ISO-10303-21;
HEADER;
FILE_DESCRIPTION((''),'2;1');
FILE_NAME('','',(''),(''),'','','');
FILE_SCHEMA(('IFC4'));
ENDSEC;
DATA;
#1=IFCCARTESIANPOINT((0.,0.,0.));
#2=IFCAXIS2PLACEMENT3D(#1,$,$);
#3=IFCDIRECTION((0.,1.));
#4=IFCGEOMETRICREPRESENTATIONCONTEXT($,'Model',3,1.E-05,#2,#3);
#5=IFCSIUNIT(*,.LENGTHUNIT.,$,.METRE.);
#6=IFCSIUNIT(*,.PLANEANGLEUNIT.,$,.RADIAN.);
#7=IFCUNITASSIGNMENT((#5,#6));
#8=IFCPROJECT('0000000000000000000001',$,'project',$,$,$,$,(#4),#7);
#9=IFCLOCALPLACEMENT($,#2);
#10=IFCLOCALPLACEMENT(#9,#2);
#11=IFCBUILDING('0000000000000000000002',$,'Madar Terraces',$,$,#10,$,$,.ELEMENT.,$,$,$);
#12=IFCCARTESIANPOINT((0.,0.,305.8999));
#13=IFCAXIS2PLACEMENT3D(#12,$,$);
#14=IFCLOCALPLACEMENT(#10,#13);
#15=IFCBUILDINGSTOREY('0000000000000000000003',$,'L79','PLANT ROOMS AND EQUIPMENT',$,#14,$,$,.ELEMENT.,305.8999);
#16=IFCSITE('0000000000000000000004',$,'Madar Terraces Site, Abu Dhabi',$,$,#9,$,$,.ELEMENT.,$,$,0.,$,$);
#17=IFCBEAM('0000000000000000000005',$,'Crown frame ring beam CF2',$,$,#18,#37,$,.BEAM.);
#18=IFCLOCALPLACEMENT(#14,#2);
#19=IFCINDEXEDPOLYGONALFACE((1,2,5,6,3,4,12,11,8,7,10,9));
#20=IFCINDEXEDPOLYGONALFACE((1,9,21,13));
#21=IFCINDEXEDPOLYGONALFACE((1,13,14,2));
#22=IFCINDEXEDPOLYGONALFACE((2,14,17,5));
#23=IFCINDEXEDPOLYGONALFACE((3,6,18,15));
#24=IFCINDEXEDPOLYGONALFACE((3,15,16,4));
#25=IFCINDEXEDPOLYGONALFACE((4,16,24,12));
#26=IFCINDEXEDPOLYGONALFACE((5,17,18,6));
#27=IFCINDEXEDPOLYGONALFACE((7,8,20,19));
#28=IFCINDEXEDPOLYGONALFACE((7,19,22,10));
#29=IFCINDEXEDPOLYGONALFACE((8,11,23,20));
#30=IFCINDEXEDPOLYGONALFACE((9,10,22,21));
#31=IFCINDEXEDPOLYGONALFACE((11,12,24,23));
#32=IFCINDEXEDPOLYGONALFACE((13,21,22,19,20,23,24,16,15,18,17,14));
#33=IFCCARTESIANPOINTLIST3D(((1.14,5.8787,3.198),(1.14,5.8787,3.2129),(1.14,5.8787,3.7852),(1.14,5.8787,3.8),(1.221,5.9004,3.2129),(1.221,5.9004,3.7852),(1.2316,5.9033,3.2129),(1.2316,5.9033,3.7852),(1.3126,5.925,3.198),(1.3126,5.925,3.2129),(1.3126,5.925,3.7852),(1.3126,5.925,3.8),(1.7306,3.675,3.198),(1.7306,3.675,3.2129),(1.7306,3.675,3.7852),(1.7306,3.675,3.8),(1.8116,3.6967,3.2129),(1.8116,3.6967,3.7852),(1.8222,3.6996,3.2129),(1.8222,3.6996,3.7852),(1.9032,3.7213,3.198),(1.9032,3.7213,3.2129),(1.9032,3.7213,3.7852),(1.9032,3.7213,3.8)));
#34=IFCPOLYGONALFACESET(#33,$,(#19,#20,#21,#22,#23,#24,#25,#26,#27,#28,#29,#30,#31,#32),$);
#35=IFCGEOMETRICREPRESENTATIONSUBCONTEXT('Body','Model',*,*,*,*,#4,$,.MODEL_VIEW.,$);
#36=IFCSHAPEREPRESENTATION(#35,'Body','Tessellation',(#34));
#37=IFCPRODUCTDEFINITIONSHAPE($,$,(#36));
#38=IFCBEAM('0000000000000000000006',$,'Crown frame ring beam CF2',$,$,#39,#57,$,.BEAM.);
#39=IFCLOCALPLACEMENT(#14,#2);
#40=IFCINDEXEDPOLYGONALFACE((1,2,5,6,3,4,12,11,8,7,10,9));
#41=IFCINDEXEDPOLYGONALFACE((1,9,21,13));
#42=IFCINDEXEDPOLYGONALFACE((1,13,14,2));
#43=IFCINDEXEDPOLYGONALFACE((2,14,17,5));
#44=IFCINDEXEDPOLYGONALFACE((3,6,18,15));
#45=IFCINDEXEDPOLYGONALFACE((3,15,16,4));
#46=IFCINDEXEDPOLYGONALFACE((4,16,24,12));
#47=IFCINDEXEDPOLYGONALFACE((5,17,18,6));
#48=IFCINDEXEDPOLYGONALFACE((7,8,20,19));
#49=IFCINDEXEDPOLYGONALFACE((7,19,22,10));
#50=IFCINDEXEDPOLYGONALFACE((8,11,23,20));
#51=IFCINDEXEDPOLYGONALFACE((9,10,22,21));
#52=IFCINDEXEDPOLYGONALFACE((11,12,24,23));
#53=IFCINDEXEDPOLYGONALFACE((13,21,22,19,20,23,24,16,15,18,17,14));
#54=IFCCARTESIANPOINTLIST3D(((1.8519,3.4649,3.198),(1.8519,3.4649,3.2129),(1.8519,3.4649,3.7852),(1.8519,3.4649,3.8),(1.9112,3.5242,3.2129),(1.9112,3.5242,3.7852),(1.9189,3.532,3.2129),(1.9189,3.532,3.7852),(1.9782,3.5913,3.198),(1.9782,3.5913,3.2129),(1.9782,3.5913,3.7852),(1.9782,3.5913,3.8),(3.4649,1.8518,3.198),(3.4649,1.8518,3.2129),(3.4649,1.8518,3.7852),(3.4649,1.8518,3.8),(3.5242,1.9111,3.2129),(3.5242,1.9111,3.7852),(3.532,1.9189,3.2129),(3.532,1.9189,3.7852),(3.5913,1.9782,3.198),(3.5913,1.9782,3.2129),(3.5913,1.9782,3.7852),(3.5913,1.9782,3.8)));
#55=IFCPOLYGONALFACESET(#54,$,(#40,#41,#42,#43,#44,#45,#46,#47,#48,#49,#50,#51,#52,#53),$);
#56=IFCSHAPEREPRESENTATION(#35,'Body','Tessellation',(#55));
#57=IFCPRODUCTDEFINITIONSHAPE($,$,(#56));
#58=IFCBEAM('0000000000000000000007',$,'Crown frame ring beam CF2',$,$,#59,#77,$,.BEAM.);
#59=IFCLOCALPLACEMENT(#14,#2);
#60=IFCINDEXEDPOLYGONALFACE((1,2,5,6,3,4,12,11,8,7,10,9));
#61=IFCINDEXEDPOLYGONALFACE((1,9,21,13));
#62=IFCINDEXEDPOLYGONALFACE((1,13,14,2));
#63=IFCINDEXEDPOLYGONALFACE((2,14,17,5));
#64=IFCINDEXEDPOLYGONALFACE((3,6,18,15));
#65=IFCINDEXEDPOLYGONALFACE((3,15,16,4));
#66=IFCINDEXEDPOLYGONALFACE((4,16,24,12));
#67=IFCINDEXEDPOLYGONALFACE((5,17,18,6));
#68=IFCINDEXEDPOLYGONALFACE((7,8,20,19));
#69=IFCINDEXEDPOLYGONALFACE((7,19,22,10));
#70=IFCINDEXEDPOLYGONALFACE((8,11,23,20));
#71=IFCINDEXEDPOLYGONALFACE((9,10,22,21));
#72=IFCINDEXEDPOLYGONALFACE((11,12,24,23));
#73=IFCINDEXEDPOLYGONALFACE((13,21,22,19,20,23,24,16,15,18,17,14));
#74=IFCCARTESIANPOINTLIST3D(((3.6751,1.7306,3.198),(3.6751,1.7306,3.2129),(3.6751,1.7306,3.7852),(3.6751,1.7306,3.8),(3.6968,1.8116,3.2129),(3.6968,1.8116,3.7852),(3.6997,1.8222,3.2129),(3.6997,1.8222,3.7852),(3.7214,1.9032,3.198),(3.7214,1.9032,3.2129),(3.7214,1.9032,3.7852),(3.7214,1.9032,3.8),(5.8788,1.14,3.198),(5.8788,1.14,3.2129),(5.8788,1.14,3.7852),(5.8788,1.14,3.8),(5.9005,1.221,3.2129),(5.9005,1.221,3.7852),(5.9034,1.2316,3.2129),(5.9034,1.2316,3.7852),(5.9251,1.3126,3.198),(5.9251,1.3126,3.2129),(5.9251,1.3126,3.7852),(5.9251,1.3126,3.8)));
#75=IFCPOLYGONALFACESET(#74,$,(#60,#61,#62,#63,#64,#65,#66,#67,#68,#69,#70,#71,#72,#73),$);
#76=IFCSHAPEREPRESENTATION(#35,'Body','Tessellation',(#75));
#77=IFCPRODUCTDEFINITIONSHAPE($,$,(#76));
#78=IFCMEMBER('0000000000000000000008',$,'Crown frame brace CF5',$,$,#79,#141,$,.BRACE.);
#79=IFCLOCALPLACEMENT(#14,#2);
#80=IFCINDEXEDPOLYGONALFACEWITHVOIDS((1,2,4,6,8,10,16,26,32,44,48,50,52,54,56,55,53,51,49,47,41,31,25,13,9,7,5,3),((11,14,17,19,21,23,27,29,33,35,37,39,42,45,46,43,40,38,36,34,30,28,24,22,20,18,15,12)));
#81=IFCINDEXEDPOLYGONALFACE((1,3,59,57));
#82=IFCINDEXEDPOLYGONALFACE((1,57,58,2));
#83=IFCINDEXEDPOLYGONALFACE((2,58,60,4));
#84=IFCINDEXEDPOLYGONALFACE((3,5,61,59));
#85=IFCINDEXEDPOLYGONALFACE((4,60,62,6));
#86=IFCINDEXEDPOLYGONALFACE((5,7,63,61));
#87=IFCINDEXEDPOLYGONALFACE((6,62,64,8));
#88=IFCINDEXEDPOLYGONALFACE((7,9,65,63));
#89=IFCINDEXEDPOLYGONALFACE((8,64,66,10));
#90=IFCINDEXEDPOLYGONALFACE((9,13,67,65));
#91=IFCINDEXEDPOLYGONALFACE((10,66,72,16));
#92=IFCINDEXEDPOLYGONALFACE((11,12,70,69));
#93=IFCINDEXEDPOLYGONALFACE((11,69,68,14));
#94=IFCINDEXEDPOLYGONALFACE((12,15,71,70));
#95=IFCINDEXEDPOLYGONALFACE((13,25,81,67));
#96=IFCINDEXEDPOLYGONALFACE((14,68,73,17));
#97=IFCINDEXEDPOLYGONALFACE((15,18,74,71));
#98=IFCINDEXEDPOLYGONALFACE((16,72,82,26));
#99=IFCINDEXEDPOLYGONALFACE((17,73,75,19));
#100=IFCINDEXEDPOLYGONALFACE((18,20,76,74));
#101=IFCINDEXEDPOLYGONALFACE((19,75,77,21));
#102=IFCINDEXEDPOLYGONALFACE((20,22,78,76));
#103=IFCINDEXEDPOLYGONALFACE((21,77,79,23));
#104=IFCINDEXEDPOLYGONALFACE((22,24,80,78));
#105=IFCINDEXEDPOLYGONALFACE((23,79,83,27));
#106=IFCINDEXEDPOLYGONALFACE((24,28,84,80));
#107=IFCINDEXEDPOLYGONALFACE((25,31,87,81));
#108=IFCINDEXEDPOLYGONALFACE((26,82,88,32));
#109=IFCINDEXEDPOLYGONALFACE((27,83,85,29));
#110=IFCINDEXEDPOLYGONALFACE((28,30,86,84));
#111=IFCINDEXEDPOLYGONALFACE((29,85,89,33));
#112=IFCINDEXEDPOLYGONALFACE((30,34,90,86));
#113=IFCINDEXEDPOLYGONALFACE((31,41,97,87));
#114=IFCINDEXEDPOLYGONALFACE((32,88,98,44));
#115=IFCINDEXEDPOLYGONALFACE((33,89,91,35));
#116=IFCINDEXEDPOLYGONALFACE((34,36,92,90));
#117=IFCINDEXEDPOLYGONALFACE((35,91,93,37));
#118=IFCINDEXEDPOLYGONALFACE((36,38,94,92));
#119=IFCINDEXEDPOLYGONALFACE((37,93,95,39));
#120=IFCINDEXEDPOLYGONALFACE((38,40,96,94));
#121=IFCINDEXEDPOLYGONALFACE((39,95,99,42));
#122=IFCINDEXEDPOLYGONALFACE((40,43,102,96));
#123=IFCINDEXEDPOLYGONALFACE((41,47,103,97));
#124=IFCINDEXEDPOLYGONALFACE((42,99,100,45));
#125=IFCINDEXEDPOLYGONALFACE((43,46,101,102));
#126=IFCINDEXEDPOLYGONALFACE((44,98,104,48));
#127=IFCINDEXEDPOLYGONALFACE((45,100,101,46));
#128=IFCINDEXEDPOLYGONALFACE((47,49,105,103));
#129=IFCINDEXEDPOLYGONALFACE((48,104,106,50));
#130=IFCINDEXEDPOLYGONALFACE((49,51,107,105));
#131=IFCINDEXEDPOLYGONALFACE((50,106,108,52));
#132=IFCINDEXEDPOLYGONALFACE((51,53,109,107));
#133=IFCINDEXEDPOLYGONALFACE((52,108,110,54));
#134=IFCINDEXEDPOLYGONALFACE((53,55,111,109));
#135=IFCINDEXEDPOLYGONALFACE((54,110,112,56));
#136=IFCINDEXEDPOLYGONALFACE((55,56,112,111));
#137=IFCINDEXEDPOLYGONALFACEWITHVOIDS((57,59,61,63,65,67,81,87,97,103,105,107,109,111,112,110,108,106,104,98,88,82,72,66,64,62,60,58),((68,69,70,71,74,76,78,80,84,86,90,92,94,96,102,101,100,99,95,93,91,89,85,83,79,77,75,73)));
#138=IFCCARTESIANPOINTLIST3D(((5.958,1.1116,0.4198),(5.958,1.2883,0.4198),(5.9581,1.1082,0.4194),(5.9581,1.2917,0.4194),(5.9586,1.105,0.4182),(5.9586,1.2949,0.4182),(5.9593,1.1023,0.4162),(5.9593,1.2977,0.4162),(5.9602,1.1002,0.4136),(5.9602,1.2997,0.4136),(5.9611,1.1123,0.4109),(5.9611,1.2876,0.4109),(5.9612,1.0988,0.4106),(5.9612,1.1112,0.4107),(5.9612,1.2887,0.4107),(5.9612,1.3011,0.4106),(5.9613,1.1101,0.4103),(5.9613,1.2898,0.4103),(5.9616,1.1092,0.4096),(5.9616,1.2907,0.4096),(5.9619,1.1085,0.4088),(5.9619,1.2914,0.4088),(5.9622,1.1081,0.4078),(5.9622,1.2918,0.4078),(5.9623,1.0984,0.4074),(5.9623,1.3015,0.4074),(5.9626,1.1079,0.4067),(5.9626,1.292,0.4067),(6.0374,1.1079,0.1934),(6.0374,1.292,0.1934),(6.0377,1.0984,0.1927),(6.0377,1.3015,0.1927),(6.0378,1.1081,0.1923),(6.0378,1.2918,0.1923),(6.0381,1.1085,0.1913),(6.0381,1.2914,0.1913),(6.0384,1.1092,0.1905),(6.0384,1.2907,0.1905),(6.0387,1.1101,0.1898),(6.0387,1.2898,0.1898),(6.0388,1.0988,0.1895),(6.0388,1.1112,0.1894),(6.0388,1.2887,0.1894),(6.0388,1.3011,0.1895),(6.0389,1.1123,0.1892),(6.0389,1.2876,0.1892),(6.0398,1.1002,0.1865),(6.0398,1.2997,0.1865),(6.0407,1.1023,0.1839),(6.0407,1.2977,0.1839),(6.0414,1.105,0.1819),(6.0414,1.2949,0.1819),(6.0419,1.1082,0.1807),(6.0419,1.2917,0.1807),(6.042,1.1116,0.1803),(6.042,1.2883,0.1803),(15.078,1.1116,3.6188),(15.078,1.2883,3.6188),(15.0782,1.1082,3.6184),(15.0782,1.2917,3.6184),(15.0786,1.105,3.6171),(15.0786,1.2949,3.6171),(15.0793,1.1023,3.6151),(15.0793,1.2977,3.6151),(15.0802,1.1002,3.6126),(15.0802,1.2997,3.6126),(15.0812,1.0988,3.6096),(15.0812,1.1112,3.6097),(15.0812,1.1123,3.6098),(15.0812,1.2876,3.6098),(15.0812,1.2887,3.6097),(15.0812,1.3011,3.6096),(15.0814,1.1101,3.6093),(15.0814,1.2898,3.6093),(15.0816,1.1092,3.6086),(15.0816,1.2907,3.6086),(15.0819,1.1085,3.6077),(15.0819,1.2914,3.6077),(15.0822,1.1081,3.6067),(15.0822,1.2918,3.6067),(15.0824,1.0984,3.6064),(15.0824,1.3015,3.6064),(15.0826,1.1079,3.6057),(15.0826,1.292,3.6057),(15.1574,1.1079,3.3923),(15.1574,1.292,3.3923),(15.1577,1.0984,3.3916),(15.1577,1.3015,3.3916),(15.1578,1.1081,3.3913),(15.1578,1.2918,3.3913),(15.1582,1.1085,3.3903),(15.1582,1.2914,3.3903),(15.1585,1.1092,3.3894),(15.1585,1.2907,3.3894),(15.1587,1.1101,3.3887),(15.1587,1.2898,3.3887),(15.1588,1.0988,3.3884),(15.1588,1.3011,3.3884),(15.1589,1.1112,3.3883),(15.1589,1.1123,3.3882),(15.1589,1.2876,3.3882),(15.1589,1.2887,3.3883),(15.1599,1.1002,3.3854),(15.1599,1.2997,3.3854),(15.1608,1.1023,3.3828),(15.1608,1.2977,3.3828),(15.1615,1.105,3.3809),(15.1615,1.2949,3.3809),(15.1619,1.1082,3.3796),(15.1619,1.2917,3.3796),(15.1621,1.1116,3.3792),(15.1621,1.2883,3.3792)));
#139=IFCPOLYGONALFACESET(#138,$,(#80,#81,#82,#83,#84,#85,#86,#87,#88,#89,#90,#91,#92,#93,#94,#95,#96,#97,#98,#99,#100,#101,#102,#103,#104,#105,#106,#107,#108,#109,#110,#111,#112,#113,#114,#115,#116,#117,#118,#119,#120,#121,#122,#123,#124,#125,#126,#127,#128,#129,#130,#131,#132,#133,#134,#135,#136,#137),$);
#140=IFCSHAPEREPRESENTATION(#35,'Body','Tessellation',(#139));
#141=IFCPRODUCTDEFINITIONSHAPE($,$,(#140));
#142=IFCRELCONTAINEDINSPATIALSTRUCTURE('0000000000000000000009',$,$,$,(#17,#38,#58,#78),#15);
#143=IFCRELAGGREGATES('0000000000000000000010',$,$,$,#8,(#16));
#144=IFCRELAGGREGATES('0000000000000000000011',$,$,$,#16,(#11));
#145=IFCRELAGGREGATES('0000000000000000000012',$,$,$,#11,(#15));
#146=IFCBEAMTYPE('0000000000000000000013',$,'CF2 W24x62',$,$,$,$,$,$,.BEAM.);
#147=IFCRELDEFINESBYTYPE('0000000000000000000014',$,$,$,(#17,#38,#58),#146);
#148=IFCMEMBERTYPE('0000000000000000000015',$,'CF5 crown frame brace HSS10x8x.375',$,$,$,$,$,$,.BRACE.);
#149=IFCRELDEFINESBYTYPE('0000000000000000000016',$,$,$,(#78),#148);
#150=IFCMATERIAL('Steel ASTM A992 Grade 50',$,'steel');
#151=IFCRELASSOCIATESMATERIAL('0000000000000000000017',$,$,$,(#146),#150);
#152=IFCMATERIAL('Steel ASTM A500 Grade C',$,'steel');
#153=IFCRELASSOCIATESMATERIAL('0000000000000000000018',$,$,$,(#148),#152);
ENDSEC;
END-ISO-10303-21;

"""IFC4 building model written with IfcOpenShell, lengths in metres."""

from ifc_helpers import new_model, si_unit, direction, frame, origin, origin_2d, place, context, subcontext, project, spatial, hollow_rectangle, i_section, extrude, material, material_profile, profile_set, type_object, element, save


model = new_model("IFC4")

# Units and contexts
model_context = context("Model", 3, precision=1e-05, world=origin(), true_north=direction((0.0, 1.0)))
body_context = subcontext(model_context, "Body", "Model", "MODEL_VIEW")
ifc_project = project(units=[si_unit("LENGTHUNIT", "METRE"), si_unit("PLANEANGLEUNIT", "RADIAN")], contexts=[model_context])

# Site, building, storey
site_placement = place(None, origin())
site = spatial("IfcSite", under=ifc_project, at=site_placement, Name="Madar Terraces Site, Abu Dhabi", CompositionType="ELEMENT", RefElevation=0.0)
building_placement = place(site_placement, origin())
building = spatial("IfcBuilding", under=site, at=building_placement, Name="Madar Terraces", CompositionType="ELEMENT")
storey_placement = place(building_placement, frame((0.0, 0.0, 305.8999)))
storey = spatial("IfcBuildingStorey", under=building, at=storey_placement, Name="L79", Description="PLANT ROOMS AND EQUIPMENT", CompositionType="ELEMENT", Elevation=305.8999)

# Beams
ifc_material_1 = material(Name="Steel ASTM A992 Grade 50", Category="steel")
ifc_material_profile_1 = material_profile(ifc_material_1, i_section(OverallWidth=0.1787, OverallDepth=0.6021, WebThickness=0.011, FlangeThickness=0.0149, at=origin_2d()), Name="W24x62")
ifc_profile_set_1 = profile_set([ifc_material_profile_1], Name="Steel ASTM A992 Grade 50")
beam_type = type_object("IfcBeamType", Name="CF2 W24x62", PredefinedType="BEAM", material=ifc_profile_set_1)
beam_1_placement = place(storey_placement, frame((1.2263, 5.9019, 3.499), z_axis=(0.258868, -0.965913, 0.0), x_axis=(0.965913, 0.258868, 0.0)))
element("IfcBeam", 1, at=beam_1_placement, inside=storey, type_object=beam_type, Name="Crown frame ring beam CF2", PredefinedType="BEAM", context=body_context, shape_type="SweptSolid", body=[
    extrude(i_section(OverallWidth=0.1787, OverallDepth=0.6021, WebThickness=0.011, FlangeThickness=0.0149, at=origin_2d()), origin(), (0.0, 0.0, 1.0), 2.2815),
])
beam_2_placement = place(storey_placement, frame((1.915, 3.5281, 3.499), z_axis=(0.707107, -0.707107, 0.0), x_axis=(0.707107, 0.707107, 0.0)))
element("IfcBeam", 2, at=beam_2_placement, inside=storey, type_object=beam_type, Name="Crown frame ring beam CF2", PredefinedType="BEAM", context=body_context, shape_type="SweptSolid", body=[
    extrude(i_section(OverallWidth=0.1787, OverallDepth=0.6021, WebThickness=0.011, FlangeThickness=0.0149, at=origin_2d()), origin(), (0.0, 0.0, 1.0), 2.2812),
])
beam_3_placement = place(storey_placement, frame((3.6982, 1.8169, 3.499), z_axis=(0.965913, -0.258868, 0.0), x_axis=(0.258868, 0.965913, 0.0)))
element("IfcBeam", 3, at=beam_3_placement, inside=storey, type_object=beam_type, Name="Crown frame ring beam CF2", PredefinedType="BEAM", context=body_context, shape_type="SweptSolid", body=[
    extrude(i_section(OverallWidth=0.1787, OverallDepth=0.6021, WebThickness=0.011, FlangeThickness=0.0149, at=origin_2d()), origin(), (0.0, 0.0, 1.0), 2.2815),
])

# Member
ifc_material_2 = material(Name="Steel ASTM A500 Grade C", Category="steel")
ifc_material_profile_2 = material_profile(ifc_material_2, hollow_rectangle(XDim=0.2031, YDim=0.2539, WallThickness=0.0095, InnerFilletRadius=0.0044, OuterFilletRadius=0.0132, at=origin_2d()), Name="HSS10x8x.375")
ifc_profile_set_2 = profile_set([ifc_material_profile_2], Name="Steel ASTM A500 Grade C")
member_type_1 = type_object("IfcMemberType", Name="CF5 crown frame brace HSS10x8x.375", PredefinedType="BRACE", material=ifc_profile_set_2)
member_1_placement = place(storey_placement, frame((6.0, 1.2, 0.3), z_axis=(0.943634, 0.0, 0.330989), x_axis=(0.0, 1.0, 0.0)))
element("IfcMember", 4, at=member_1_placement, inside=storey, type_object=member_type_1, Name="Crown frame brace CF5", PredefinedType="BRACE", context=body_context, shape_type="SweptSolid", body=[
    extrude(hollow_rectangle(XDim=0.2031, YDim=0.2539, WallThickness=0.0095, InnerFilletRadius=0.0044, OuterFilletRadius=0.0132, at=origin_2d()), origin(), (0.0, 0.0, 1.0), 9.6648),
])

save(model, "model.ifc")
